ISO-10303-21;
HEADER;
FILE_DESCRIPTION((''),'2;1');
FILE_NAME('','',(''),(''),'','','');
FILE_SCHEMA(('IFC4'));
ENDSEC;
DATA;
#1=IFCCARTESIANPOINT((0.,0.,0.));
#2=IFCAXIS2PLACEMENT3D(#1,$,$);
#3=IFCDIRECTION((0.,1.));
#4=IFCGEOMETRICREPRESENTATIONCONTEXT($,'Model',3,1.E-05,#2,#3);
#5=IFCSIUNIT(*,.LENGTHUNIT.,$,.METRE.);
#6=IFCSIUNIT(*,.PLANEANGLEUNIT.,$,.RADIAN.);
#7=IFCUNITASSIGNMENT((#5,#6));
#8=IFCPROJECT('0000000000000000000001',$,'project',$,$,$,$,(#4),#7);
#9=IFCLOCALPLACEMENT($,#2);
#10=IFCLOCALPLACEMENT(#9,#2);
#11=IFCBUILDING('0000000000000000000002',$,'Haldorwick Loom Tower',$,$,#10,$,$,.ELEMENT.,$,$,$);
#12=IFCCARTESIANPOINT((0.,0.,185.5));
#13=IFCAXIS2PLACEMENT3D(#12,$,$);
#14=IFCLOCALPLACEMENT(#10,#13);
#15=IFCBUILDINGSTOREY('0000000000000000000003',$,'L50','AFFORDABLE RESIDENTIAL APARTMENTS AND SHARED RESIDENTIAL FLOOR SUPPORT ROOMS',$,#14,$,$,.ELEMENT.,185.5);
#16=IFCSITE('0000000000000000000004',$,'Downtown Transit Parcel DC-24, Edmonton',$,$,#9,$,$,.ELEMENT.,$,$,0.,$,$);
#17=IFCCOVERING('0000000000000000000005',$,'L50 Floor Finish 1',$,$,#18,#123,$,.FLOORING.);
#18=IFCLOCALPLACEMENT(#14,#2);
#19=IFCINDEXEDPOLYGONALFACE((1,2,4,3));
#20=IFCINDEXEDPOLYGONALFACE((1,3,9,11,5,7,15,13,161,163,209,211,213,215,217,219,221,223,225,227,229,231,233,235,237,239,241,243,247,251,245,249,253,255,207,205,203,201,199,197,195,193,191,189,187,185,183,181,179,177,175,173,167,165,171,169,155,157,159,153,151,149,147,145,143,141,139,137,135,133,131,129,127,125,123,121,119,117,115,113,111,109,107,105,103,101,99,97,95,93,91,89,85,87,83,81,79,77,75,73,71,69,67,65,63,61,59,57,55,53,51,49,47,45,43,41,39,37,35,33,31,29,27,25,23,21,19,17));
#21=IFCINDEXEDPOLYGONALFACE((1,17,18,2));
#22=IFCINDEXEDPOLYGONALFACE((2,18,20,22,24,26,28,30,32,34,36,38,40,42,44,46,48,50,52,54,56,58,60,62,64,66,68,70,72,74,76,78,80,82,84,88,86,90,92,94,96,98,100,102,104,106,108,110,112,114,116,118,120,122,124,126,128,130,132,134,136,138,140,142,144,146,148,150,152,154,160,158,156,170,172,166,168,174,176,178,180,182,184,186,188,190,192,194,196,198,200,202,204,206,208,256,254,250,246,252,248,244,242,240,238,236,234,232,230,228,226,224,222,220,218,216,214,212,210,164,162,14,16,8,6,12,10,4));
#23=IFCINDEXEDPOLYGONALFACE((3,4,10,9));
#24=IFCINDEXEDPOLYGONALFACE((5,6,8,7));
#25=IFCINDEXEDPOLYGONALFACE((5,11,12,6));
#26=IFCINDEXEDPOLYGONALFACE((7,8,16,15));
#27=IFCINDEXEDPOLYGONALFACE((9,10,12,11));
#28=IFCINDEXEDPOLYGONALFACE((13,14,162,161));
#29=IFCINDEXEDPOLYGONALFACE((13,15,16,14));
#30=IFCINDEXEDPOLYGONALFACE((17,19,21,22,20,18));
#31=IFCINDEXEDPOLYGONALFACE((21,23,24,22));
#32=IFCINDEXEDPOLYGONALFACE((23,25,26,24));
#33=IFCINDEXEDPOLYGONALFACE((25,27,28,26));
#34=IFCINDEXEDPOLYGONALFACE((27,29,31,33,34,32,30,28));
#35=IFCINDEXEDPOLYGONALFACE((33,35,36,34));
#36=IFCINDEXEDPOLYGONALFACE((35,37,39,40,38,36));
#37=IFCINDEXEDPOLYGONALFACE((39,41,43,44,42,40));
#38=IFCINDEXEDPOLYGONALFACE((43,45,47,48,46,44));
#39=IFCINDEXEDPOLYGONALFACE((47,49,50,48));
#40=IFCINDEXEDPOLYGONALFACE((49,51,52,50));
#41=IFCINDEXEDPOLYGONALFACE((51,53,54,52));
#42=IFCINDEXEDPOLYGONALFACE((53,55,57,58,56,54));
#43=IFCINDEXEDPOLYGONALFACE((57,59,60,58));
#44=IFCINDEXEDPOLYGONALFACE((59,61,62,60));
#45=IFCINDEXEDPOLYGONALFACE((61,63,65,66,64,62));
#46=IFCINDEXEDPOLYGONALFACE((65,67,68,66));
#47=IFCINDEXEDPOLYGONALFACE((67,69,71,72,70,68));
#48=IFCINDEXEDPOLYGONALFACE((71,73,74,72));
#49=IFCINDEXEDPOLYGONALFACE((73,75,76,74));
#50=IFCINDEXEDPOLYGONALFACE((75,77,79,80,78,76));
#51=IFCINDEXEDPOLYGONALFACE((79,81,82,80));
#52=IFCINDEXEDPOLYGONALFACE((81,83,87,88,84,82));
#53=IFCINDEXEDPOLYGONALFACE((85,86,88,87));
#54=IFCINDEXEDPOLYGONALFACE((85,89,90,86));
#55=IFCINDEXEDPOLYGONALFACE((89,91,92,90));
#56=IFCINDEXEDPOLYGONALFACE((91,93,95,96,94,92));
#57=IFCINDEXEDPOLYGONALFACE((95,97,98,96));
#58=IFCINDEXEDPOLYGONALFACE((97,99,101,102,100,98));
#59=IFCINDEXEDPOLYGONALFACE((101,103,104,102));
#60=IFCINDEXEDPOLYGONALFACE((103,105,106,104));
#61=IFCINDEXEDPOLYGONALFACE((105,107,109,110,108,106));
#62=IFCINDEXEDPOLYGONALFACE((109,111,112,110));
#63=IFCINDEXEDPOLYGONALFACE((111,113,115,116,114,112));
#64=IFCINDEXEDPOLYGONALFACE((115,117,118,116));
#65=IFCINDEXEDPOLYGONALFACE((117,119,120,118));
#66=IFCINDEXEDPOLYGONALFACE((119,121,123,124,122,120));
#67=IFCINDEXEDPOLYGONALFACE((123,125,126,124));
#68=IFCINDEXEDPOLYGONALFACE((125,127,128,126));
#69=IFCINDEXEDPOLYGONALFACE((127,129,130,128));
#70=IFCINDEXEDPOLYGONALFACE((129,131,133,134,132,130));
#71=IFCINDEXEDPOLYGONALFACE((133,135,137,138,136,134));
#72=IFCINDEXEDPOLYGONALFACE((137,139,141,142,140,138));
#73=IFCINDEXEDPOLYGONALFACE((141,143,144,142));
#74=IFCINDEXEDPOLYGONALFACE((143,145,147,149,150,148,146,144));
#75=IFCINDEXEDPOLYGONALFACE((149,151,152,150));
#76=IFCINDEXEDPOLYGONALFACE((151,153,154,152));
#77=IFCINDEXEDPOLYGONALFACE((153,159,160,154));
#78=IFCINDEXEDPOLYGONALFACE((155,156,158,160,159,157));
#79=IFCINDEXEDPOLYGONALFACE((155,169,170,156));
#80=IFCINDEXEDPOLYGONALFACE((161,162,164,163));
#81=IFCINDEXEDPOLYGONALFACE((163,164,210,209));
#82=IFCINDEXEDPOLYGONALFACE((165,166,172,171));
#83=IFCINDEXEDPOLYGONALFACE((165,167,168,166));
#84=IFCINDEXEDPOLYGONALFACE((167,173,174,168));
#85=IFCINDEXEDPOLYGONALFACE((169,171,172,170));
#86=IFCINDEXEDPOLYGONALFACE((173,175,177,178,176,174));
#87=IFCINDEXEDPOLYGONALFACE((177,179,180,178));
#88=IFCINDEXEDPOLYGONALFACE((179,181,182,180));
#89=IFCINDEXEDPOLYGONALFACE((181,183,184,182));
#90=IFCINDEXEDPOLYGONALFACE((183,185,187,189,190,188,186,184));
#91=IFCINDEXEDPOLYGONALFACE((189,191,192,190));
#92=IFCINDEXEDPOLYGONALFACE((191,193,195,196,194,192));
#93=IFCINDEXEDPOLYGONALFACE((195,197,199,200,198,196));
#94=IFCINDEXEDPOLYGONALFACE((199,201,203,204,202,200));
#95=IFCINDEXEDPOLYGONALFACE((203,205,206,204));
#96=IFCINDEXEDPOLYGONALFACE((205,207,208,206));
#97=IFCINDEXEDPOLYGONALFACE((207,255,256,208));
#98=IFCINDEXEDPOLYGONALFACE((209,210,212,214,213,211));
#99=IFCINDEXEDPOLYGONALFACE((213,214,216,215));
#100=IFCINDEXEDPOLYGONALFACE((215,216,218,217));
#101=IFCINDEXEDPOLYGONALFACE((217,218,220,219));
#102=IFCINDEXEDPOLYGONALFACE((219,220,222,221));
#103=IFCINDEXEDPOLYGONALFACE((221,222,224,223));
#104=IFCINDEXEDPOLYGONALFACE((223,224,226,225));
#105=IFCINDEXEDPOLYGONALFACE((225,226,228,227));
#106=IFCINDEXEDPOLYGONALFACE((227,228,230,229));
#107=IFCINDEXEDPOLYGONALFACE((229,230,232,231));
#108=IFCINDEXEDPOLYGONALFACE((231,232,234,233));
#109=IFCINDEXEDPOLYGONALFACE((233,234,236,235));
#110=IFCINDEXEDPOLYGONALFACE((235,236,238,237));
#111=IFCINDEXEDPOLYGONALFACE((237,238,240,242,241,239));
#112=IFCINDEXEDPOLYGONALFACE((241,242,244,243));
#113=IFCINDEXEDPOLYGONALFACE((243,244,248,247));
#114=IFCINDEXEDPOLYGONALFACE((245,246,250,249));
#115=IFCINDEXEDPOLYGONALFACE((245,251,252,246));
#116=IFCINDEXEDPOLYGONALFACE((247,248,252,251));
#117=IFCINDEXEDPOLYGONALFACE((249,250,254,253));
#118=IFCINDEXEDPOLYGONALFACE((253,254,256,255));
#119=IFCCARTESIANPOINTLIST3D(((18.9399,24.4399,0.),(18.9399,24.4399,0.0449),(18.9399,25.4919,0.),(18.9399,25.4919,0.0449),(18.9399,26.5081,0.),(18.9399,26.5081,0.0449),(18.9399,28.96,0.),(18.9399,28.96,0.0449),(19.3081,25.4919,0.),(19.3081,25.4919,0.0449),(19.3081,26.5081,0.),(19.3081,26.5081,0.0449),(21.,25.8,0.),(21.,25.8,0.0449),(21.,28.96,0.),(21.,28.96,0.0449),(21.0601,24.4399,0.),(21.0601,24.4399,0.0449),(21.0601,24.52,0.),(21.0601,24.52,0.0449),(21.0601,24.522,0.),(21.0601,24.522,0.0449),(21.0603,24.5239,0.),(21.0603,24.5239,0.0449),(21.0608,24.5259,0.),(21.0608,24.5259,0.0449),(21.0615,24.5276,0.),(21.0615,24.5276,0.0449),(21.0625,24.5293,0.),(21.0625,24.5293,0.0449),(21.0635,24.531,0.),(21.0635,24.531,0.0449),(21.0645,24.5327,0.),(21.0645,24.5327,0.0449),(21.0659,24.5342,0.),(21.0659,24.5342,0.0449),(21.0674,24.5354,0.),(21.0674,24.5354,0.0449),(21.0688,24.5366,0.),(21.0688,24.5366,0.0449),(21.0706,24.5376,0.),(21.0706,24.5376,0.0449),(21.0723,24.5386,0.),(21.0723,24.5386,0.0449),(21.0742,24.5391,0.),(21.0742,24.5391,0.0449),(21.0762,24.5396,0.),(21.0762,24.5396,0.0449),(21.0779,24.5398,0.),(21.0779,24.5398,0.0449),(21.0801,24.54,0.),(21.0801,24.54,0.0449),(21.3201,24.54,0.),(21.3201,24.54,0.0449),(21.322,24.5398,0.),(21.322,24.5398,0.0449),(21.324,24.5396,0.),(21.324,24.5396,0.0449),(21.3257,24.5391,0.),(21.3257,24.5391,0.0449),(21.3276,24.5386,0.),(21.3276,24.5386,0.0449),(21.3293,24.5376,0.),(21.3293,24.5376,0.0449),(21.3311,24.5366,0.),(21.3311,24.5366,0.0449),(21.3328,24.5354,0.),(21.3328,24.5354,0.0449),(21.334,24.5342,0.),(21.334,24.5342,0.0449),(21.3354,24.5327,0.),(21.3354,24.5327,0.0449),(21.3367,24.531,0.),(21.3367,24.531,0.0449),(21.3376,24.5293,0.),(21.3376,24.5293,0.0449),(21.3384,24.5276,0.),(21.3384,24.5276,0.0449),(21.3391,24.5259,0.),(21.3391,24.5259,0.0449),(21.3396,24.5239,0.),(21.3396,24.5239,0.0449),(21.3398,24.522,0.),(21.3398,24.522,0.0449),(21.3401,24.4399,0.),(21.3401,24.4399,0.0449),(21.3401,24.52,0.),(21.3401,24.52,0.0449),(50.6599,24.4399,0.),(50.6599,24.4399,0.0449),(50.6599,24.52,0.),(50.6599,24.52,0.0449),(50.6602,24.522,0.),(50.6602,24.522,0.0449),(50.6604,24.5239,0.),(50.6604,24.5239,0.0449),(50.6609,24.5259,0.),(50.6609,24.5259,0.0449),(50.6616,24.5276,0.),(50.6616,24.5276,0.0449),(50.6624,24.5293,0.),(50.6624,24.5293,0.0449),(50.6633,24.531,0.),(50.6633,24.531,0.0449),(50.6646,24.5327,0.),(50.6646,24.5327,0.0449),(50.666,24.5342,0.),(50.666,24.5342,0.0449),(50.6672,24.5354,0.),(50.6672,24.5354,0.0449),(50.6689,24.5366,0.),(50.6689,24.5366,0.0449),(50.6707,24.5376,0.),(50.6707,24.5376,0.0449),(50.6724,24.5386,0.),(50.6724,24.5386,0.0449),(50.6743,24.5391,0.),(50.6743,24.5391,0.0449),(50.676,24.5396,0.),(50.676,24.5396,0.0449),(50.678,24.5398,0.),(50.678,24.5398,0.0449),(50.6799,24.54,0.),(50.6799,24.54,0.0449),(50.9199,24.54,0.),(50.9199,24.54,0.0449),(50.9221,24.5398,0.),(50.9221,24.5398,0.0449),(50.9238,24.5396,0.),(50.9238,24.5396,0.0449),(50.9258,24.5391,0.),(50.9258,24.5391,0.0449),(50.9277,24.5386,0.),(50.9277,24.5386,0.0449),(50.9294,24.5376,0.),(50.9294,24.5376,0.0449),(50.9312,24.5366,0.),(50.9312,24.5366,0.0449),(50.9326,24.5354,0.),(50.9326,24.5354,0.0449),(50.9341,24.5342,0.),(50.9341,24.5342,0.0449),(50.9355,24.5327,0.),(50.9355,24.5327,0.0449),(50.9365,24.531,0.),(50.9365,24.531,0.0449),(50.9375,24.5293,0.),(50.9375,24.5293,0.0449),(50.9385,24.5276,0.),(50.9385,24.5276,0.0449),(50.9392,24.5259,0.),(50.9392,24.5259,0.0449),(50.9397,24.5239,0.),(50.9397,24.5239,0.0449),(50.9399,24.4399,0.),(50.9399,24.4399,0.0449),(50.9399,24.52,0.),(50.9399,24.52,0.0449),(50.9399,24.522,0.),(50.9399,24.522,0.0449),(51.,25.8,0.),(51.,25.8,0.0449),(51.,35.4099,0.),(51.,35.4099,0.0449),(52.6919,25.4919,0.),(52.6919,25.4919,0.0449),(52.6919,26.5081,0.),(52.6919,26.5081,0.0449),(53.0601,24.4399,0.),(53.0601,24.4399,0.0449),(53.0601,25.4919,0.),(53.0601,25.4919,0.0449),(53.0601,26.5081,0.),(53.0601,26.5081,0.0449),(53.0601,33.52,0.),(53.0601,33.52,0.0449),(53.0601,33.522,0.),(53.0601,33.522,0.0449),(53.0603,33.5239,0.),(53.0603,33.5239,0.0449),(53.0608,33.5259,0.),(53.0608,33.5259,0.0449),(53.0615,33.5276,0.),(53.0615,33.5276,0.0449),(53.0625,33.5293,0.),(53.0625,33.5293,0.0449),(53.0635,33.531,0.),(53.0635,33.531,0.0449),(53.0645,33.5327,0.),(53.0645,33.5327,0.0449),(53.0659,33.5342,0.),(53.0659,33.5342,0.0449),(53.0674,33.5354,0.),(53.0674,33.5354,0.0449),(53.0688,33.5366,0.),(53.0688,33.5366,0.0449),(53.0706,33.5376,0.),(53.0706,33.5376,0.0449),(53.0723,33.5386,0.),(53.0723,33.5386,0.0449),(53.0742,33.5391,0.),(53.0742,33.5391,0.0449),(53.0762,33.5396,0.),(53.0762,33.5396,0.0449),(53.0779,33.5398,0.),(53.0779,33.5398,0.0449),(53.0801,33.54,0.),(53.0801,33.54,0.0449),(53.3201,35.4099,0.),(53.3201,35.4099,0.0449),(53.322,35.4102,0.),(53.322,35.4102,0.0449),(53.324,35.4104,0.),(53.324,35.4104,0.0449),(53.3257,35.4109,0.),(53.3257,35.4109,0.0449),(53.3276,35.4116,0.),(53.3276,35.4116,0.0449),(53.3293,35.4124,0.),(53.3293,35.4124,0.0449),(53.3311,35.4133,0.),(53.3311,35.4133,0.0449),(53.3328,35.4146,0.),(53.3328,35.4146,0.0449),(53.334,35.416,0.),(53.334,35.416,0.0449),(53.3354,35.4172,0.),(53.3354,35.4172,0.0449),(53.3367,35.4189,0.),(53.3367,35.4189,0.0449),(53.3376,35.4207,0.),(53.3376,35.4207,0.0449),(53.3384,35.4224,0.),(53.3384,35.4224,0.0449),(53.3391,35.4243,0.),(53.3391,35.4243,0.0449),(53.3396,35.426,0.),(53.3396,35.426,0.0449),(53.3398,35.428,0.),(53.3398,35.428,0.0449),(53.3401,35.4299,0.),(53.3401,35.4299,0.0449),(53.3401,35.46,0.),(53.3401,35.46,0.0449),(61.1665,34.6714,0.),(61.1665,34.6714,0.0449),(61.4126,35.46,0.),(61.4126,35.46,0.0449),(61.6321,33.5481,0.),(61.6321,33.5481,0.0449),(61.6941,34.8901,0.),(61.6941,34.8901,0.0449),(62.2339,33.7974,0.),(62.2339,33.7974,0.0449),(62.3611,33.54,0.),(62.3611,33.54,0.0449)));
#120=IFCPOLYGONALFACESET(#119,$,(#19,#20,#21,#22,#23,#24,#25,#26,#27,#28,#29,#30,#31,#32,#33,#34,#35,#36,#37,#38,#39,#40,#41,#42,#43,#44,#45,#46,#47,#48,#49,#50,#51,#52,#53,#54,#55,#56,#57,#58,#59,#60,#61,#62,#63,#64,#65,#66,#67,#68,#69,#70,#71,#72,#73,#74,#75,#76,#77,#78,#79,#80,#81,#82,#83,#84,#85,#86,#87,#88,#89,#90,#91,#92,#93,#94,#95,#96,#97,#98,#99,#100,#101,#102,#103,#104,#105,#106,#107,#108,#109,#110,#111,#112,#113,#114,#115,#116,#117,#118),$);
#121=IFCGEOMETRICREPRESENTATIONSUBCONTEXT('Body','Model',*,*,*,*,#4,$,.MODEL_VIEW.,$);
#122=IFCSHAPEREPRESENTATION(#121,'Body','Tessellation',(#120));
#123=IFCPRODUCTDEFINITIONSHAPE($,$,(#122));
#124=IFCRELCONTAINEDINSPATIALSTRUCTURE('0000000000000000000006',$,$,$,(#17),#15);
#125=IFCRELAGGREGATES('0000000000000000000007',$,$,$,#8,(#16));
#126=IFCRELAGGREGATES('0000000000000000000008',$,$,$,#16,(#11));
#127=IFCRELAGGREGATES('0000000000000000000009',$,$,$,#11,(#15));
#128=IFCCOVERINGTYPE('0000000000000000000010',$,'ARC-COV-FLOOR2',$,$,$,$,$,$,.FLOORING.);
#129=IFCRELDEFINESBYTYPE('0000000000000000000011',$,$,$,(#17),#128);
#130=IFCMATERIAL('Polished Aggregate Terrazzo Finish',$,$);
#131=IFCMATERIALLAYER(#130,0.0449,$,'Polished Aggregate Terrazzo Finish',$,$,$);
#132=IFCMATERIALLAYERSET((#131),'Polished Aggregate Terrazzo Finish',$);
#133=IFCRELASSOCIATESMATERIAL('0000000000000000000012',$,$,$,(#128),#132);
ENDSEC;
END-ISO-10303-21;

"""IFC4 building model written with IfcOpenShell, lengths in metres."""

from ifc_helpers import new_model, si_unit, direction, frame, origin, place, context, subcontext, project, spatial, polyline, outline, extrude, material, layer, layer_set, type_object, element, save


model = new_model("IFC4")

# Units and contexts
model_context = context("Model", 3, precision=1e-05, world=origin(), true_north=direction((0.0, 1.0)))
body_context = subcontext(model_context, "Body", "Model", "MODEL_VIEW")
ifc_project = project(units=[si_unit("LENGTHUNIT", "METRE"), si_unit("PLANEANGLEUNIT", "RADIAN")], contexts=[model_context])

# Site, building, storey
site_placement = place(None, origin())
site = spatial("IfcSite", under=ifc_project, at=site_placement, Name="Downtown Transit Parcel DC-24, Edmonton", CompositionType="ELEMENT", RefElevation=0.0)
building_placement = place(site_placement, origin())
building = spatial("IfcBuilding", under=site, at=building_placement, Name="Haldorwick Loom Tower", CompositionType="ELEMENT")
storey_placement = place(building_placement, frame((0.0, 0.0, 185.5)))
storey = spatial("IfcBuildingStorey", under=building, at=storey_placement, Name="L50", Description="AFFORDABLE RESIDENTIAL APARTMENTS AND SHARED RESIDENTIAL FLOOR SUPPORT ROOMS", CompositionType="ELEMENT", Elevation=185.5)

# Covering
ifc_material_1 = material(Name="Polished Aggregate Terrazzo Finish")
ifc_layer_1 = layer(ifc_material_1, 0.0449, Name="Polished Aggregate Terrazzo Finish")
ifc_layer_set_1 = layer_set([ifc_layer_1], Name="Polished Aggregate Terrazzo Finish")
covering_type_1 = type_object("IfcCoveringType", Name="ARC-COV-FLOOR2", PredefinedType="FLOORING", material=ifc_layer_set_1)
covering_1_placement = place(storey_placement, origin())
element("IfcCovering", 1, at=covering_1_placement, inside=storey, type_object=covering_type_1, Name="L50 Floor Finish 1", PredefinedType="FLOORING", context=body_context, shape_type="SweptSolid", body=[
    extrude(outline(polyline([(61.4126, 35.46), (53.3401, 35.46), (53.3401, 35.4299), (53.3398, 35.428), (53.3396, 35.426), (53.3391, 35.4243), (53.3384, 35.4224), (53.3376, 35.4207), (53.3367, 35.4189), (53.3354, 35.4172), (53.334, 35.416), (53.3328, 35.4146), (53.3311, 35.4133), (53.3293, 35.4124), (53.3276, 35.4116), (53.3257, 35.4109), (53.324, 35.4104), (53.322, 35.4102), (53.3201, 35.4099), (51.0, 35.4099), (51.0, 25.8), (21.0, 25.8), (21.0, 28.96), (18.9399, 28.96), (18.9399, 26.5081), (19.3081, 26.5081), (19.3081, 25.4919), (18.9399, 25.4919), (18.9399, 24.4399), (21.0601, 24.4399), (21.0601, 24.52), (21.0601, 24.522), (21.0603, 24.5239), (21.0608, 24.5259), (21.0615, 24.5276), (21.0625, 24.5293), (21.0635, 24.531), (21.0645, 24.5327), (21.0659, 24.5342), (21.0674, 24.5354), (21.0688, 24.5366), (21.0706, 24.5376), (21.0723, 24.5386), (21.0742, 24.5391), (21.0762, 24.5396), (21.0779, 24.5398), (21.0801, 24.54), (21.3201, 24.54), (21.322, 24.5398), (21.324, 24.5396), (21.3257, 24.5391), (21.3276, 24.5386), (21.3293, 24.5376), (21.3311, 24.5366), (21.3328, 24.5354), (21.334, 24.5342), (21.3354, 24.5327), (21.3367, 24.531), (21.3376, 24.5293), (21.3384, 24.5276), (21.3391, 24.5259), (21.3396, 24.5239), (21.3398, 24.522), (21.3401, 24.52), (21.3401, 24.4399), (50.6599, 24.4399), (50.6599, 24.52), (50.6602, 24.522), (50.6604, 24.5239), (50.6609, 24.5259), (50.6616, 24.5276), (50.6624, 24.5293), (50.6633, 24.531), (50.6646, 24.5327), (50.666, 24.5342), (50.6672, 24.5354), (50.6689, 24.5366), (50.6707, 24.5376), (50.6724, 24.5386), (50.6743, 24.5391), (50.676, 24.5396), (50.678, 24.5398), (50.6799, 24.54), (50.9199, 24.54), (50.9221, 24.5398), (50.9238, 24.5396), (50.9258, 24.5391), (50.9277, 24.5386), (50.9294, 24.5376), (50.9312, 24.5366), (50.9326, 24.5354), (50.9341, 24.5342), (50.9355, 24.5327), (50.9365, 24.531), (50.9375, 24.5293), (50.9385, 24.5276), (50.9392, 24.5259), (50.9397, 24.5239), (50.9399, 24.522), (50.9399, 24.52), (50.9399, 24.4399), (53.0601, 24.4399), (53.0601, 25.4919), (52.6919, 25.4919), (52.6919, 26.5081), (53.0601, 26.5081), (53.0601, 33.52), (53.0601, 33.522), (53.0603, 33.5239), (53.0608, 33.5259), (53.0615, 33.5276), (53.0625, 33.5293), (53.0635, 33.531), (53.0645, 33.5327), (53.0659, 33.5342), (53.0674, 33.5354), (53.0688, 33.5366), (53.0706, 33.5376), (53.0723, 33.5386), (53.0742, 33.5391), (53.0762, 33.5396), (53.0779, 33.5398), (53.0801, 33.54), (62.3611, 33.54), (62.2339, 33.7974), (61.6321, 33.5481), (61.1665, 34.6714), (61.6941, 34.8901), (61.4126, 35.46)])), origin(), (0.0, 0.0, 1.0), 0.0449),
])

save(model, "model.ifc")
